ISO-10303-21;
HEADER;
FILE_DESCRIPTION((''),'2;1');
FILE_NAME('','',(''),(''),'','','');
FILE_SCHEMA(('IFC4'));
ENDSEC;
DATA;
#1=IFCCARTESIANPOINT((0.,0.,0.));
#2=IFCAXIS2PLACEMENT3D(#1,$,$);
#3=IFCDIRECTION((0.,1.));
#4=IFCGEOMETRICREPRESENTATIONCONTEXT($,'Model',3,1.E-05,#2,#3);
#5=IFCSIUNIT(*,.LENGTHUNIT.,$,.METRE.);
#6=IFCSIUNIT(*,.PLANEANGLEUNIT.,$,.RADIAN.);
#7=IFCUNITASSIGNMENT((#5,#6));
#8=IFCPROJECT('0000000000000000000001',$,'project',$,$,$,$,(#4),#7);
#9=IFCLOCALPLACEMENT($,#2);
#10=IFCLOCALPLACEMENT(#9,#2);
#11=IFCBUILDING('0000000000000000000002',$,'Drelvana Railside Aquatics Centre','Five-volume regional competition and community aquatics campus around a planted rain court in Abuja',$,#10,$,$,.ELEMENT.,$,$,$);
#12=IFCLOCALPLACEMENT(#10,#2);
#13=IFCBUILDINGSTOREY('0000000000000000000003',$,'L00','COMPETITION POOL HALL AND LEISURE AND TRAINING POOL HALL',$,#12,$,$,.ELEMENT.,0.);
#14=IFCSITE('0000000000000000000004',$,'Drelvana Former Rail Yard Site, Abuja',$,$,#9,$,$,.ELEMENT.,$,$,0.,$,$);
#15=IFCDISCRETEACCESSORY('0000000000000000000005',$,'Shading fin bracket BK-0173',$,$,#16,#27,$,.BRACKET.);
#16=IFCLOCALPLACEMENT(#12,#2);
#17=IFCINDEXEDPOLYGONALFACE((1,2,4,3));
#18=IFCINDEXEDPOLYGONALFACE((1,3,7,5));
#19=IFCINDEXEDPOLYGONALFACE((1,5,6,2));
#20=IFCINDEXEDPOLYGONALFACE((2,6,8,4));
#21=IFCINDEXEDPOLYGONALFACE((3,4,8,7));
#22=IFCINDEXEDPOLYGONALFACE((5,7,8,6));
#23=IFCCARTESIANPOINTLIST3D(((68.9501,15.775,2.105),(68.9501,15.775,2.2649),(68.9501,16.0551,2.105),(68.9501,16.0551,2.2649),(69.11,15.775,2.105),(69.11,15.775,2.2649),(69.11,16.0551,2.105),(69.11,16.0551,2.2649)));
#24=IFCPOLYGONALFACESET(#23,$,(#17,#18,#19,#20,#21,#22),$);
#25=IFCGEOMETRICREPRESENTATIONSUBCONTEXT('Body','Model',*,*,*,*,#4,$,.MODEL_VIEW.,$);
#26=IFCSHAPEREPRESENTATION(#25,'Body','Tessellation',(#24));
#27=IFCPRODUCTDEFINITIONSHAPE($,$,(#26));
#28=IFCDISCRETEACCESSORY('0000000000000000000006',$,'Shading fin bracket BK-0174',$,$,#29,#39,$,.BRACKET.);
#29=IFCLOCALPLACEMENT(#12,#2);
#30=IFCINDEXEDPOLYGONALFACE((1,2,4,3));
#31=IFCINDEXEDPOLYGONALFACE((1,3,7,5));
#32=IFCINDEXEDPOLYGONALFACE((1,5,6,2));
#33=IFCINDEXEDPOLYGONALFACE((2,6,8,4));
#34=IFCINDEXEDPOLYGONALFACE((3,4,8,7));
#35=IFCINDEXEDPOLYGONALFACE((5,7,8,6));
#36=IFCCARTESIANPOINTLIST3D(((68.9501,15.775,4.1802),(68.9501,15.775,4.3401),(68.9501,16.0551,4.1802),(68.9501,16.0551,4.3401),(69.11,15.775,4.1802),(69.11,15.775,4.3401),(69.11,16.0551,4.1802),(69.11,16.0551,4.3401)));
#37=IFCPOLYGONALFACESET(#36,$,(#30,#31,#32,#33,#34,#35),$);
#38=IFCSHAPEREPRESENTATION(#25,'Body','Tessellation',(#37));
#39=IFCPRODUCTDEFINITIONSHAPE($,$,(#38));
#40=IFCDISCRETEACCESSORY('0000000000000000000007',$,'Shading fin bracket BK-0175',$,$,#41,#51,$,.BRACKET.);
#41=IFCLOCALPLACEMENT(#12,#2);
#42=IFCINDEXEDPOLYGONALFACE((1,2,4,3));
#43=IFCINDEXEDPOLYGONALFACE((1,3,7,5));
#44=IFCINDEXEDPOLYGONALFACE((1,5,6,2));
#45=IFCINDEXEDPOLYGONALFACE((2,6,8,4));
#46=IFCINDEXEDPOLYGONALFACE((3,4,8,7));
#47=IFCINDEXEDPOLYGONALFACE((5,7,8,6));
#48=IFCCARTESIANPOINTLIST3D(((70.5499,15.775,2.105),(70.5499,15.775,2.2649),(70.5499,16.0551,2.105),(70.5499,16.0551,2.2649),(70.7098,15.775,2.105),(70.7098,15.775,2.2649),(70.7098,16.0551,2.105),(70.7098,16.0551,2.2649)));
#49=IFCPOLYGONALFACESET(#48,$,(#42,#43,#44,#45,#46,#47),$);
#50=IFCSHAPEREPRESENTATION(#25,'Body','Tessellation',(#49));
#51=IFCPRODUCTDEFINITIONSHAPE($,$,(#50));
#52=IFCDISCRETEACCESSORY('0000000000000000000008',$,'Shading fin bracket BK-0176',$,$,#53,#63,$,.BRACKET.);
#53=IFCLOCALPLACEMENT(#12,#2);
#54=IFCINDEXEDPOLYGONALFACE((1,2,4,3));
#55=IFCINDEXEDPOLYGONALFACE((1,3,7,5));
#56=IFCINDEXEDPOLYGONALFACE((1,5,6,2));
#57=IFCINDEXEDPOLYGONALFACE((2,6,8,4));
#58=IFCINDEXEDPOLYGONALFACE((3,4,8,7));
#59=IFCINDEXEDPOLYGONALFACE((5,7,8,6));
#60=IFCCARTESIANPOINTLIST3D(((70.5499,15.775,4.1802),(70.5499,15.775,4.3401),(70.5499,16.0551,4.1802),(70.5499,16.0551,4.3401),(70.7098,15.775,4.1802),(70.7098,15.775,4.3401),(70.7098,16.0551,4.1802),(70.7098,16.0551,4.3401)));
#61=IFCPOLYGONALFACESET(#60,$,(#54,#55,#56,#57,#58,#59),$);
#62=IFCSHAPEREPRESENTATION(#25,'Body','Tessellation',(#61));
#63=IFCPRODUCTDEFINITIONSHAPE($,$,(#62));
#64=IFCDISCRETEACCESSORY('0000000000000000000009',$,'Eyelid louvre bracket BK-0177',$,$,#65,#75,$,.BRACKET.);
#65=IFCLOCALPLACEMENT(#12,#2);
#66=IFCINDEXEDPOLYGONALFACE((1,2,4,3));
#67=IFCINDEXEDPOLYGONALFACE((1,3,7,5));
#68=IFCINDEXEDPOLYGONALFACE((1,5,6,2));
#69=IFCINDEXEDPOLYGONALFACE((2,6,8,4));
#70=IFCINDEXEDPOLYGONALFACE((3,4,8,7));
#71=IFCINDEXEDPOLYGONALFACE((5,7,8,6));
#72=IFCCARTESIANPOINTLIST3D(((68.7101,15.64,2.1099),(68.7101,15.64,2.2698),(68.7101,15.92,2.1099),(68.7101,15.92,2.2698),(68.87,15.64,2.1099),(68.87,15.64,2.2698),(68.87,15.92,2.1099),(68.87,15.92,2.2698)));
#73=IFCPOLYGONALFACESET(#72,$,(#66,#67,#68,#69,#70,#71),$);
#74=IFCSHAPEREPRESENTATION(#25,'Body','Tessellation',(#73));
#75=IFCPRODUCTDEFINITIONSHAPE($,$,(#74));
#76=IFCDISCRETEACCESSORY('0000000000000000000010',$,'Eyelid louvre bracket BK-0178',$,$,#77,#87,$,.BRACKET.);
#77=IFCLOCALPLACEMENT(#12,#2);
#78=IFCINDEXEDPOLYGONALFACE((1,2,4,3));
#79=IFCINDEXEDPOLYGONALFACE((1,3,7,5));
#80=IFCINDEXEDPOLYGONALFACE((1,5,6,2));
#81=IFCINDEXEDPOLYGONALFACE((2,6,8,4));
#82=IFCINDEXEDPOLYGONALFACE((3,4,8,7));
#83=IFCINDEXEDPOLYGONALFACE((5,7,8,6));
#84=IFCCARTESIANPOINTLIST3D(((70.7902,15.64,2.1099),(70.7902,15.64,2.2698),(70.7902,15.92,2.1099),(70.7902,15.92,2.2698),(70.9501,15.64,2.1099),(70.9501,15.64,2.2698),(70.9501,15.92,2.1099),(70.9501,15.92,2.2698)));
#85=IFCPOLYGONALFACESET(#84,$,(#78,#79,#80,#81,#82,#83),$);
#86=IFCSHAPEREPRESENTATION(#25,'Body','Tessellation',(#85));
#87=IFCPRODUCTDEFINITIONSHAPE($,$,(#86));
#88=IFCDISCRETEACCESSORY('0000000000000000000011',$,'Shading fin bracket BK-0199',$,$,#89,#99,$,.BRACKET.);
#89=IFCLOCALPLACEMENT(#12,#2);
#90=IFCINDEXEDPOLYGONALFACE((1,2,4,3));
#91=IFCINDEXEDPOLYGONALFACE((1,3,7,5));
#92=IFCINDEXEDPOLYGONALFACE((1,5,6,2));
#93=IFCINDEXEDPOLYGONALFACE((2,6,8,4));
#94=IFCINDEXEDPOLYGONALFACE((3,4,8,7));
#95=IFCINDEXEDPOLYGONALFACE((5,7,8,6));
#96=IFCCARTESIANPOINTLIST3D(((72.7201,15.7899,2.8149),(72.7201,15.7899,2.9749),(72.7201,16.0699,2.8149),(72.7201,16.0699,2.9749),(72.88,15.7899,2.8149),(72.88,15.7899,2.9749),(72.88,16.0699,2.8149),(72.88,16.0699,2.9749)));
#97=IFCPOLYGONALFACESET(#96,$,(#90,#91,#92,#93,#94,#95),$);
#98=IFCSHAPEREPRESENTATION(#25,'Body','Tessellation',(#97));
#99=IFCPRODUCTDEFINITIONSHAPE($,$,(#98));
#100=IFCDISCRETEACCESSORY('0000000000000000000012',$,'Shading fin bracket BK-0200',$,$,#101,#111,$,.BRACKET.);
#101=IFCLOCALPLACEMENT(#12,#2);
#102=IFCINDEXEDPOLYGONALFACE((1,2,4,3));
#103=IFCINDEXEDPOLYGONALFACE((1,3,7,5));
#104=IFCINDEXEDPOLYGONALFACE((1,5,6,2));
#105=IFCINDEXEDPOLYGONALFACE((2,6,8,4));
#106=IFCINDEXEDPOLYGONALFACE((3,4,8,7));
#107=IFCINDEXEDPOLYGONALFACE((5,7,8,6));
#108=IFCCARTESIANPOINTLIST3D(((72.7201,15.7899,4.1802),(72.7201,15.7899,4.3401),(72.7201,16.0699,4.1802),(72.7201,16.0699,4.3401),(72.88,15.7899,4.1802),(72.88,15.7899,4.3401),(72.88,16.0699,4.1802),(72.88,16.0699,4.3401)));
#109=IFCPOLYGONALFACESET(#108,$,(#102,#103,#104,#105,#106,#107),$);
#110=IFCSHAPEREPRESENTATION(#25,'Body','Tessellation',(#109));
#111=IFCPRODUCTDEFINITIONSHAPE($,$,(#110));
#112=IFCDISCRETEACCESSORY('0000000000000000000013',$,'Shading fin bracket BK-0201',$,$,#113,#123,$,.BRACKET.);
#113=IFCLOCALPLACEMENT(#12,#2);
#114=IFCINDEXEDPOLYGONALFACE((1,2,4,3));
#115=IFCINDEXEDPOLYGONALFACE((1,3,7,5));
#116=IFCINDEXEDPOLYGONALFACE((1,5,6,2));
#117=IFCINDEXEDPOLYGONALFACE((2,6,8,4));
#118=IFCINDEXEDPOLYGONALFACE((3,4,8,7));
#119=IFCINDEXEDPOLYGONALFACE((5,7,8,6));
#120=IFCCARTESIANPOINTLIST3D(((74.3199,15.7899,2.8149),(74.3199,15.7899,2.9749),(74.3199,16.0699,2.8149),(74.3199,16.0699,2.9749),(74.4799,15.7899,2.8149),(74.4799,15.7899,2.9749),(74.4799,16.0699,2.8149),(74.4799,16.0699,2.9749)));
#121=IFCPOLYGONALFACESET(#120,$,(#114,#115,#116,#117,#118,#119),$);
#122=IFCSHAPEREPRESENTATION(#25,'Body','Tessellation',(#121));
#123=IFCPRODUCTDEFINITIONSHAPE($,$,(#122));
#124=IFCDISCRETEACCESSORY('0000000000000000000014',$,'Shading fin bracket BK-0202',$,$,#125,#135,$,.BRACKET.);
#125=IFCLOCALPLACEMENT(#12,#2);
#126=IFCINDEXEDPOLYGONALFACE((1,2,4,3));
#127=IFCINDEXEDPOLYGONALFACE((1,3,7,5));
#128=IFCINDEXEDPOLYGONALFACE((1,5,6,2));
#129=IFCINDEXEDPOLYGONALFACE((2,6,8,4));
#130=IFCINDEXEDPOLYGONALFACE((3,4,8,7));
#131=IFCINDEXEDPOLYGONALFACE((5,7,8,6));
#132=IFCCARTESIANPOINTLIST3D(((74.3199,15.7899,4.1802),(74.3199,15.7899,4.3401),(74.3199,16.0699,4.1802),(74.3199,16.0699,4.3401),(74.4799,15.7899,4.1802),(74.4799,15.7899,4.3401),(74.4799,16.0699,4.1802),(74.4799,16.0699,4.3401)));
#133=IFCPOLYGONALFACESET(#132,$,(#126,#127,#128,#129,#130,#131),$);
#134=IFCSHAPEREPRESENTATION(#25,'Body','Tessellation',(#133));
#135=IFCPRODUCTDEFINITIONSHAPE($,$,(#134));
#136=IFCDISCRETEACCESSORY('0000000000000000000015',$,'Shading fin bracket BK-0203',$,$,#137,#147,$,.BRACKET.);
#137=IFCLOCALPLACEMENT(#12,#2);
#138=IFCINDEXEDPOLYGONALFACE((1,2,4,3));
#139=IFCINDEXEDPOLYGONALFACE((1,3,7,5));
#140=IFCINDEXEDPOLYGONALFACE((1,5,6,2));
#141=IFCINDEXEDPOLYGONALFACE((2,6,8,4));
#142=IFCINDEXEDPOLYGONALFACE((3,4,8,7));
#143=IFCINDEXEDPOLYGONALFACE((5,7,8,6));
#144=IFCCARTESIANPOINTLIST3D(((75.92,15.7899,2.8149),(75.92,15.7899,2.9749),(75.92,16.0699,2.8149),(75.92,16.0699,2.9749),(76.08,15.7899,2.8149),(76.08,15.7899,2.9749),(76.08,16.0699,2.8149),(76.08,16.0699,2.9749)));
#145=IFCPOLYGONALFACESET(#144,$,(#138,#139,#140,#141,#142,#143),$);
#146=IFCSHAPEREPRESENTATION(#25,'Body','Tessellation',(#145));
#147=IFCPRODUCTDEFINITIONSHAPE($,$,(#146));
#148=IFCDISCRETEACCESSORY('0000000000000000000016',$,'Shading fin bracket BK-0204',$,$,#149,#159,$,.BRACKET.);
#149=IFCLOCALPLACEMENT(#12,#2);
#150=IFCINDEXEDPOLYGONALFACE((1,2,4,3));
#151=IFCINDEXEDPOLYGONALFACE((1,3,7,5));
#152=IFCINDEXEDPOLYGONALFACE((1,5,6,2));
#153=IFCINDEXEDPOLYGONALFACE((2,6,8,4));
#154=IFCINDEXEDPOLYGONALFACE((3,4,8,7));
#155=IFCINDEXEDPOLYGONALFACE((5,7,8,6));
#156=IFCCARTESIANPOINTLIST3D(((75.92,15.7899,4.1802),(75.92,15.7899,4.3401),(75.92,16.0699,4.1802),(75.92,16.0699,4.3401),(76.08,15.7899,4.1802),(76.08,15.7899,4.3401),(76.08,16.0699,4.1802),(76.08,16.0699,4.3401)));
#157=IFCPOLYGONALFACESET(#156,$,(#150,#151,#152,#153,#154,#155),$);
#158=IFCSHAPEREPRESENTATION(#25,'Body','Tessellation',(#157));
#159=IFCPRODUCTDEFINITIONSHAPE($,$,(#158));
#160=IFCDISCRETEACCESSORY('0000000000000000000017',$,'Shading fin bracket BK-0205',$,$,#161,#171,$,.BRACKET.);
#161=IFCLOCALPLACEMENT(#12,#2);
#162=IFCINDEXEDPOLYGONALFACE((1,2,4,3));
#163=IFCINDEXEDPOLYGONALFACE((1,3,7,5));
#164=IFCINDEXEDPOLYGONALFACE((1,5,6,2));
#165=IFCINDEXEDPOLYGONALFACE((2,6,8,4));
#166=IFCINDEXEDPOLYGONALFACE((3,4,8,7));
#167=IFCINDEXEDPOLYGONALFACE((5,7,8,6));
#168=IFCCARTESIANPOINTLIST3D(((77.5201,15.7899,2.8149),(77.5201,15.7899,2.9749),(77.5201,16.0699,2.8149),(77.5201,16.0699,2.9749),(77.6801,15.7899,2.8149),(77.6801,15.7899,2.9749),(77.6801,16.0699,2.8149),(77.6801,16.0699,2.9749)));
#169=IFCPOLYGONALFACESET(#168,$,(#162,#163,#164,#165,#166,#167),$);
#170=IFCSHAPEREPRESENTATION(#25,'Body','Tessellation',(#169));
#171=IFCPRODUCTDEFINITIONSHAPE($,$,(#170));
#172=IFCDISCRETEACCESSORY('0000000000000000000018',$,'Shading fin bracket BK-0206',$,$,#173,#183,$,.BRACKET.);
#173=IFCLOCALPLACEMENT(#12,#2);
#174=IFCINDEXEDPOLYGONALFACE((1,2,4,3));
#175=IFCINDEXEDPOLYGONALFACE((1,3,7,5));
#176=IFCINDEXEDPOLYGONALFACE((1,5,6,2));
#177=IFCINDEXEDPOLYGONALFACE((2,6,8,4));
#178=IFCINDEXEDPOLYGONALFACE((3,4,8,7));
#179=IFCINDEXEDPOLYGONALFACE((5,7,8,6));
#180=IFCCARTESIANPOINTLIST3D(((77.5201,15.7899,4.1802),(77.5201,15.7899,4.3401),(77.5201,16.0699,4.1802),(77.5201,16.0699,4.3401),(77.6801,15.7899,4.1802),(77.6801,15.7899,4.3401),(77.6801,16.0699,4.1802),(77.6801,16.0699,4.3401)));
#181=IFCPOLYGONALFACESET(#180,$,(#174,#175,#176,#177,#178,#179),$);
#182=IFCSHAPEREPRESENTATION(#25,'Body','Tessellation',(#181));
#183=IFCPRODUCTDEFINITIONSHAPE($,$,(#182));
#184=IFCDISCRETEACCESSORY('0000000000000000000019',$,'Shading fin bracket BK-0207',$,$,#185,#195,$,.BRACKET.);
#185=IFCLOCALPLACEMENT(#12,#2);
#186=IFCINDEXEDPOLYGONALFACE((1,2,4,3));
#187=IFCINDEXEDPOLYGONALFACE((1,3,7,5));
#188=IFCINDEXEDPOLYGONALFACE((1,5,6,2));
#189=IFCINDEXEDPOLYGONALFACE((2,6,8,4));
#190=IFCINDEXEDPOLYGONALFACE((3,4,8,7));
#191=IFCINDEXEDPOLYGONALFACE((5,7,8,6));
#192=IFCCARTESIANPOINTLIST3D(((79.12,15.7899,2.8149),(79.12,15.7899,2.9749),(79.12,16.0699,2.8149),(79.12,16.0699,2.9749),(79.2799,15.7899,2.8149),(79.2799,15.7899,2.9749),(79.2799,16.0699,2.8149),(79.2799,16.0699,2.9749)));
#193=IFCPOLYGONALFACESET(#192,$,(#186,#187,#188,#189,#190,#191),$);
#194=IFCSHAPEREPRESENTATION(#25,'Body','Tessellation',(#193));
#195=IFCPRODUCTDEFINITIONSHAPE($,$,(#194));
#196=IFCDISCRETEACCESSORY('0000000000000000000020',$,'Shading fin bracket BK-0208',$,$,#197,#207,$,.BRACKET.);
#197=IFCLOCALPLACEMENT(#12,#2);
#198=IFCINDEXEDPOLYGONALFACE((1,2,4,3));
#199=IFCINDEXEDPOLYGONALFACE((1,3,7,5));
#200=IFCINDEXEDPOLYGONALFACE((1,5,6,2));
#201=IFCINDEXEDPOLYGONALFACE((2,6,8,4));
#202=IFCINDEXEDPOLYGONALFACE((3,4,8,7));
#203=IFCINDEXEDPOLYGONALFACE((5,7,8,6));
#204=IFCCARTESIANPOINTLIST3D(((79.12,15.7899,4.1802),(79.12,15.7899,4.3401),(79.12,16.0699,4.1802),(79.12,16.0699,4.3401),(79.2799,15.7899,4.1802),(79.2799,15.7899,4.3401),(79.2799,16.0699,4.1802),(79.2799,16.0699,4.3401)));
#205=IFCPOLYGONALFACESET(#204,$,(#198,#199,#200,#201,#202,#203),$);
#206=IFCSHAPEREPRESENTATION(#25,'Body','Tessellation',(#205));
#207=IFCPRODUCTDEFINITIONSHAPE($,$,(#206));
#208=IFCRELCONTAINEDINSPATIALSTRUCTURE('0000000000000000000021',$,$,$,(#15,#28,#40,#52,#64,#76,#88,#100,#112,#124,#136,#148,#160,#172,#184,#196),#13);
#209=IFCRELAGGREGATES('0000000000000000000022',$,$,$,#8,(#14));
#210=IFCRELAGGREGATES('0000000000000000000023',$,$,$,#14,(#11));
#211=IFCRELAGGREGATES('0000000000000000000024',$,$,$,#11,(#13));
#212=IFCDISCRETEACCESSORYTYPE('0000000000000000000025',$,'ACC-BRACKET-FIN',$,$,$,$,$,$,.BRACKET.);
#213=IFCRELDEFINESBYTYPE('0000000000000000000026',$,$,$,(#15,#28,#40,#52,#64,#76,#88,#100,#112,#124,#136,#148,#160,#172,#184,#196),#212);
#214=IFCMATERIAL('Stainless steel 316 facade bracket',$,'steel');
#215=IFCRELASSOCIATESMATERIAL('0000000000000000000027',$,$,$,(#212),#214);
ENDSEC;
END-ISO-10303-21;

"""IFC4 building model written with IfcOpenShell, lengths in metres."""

from ifc_helpers import new_model, si_unit, direction, frame, origin, origin_2d, place, context, subcontext, project, spatial, rectangle, extrude, material, type_object, element, save


model = new_model("IFC4")

# Units and contexts
model_context = context("Model", 3, precision=1e-05, world=origin(), true_north=direction((0.0, 1.0)))
body_context = subcontext(model_context, "Body", "Model", "MODEL_VIEW")
ifc_project = project(units=[si_unit("LENGTHUNIT", "METRE"), si_unit("PLANEANGLEUNIT", "RADIAN")], contexts=[model_context])

# Site, building, storey
site_placement = place(None, origin())
site = spatial("IfcSite", under=ifc_project, at=site_placement, Name="Drelvana Former Rail Yard Site, Abuja", CompositionType="ELEMENT", RefElevation=0.0)
building_placement = place(site_placement, origin())
building = spatial("IfcBuilding", under=site, at=building_placement, Name="Drelvana Railside Aquatics Centre", Description="Five-volume regional competition and community aquatics campus around a planted rain court in Abuja", CompositionType="ELEMENT")
storey_placement = place(building_placement, origin())
storey = spatial("IfcBuildingStorey", under=building, at=storey_placement, Name="L00", Description="COMPETITION POOL HALL AND LEISURE AND TRAINING POOL HALL", CompositionType="ELEMENT", Elevation=0.0)

# Discrete accessories
ifc_material_1 = material(Name="Stainless steel 316 facade bracket", Category="steel")
discrete_accessory_type = type_object("IfcDiscreteAccessoryType", Name="ACC-BRACKET-FIN", PredefinedType="BRACKET", material=ifc_material_1)
for number, where, z_axis, x_axis, name in (
    (1, (69.03, 15.915, 2.105), (0.0, 0.0, 1.0), (0.0, -1.0, 0.0), "Shading fin bracket BK-0173"),
    (2, (69.03, 15.915, 4.1802), (0.0, 0.0, 1.0), (0.0, -1.0, 0.0), "Shading fin bracket BK-0174"),
    (3, (70.6299, 15.915, 2.105), (0.0, 0.0, 1.0), (0.0, -1.0, 0.0), "Shading fin bracket BK-0175"),
    (4, (70.6299, 15.915, 4.1802), (0.0, 0.0, 1.0), (0.0, -1.0, 0.0), "Shading fin bracket BK-0176"),
):
    element("IfcDiscreteAccessory", number, at=place(storey_placement, frame(where, z_axis=z_axis, x_axis=x_axis)), inside=storey, type_object=discrete_accessory_type, Name=name, PredefinedType="BRACKET", context=body_context, shape_type="SweptSolid", body=[
        extrude(rectangle(XDim=0.28, YDim=0.1599, at=origin_2d()), origin(), (0.0, 0.0, 1.0), 0.1599),
    ])
for number, where, z_axis, x_axis, name in (
    (5, (68.79, 15.78, 2.1099), (0.0, 0.0, 1.0), (1.0, 0.0, 0.0), "Eyelid louvre bracket BK-0177"),
    (6, (70.8701, 15.78, 2.1099), (0.0, 0.0, 1.0), (1.0, 0.0, 0.0), "Eyelid louvre bracket BK-0178"),
):
    element("IfcDiscreteAccessory", number, at=place(storey_placement, frame(where, z_axis=z_axis, x_axis=x_axis)), inside=storey, type_object=discrete_accessory_type, Name=name, PredefinedType="BRACKET", context=body_context, shape_type="SweptSolid", body=[
        extrude(rectangle(XDim=0.1599, YDim=0.28, at=origin_2d()), origin(), (0.0, 0.0, 1.0), 0.1599),
    ])
for number, where, z_axis, x_axis, name in (
    (7, (72.8, 15.9299, 2.8149), (0.0, 0.0, 1.0), (0.0, -1.0, 0.0), "Shading fin bracket BK-0199"),
    (8, (72.8, 15.9299, 4.1802), (0.0, 0.0, 1.0), (0.0, -1.0, 0.0), "Shading fin bracket BK-0200"),
    (9, (74.3999, 15.9299, 2.8149), (0.0, 0.0, 1.0), (0.0, -1.0, 0.0), "Shading fin bracket BK-0201"),
    (10, (74.3999, 15.9299, 4.1802), (0.0, 0.0, 1.0), (0.0, -1.0, 0.0), "Shading fin bracket BK-0202"),
    (11, (76.0, 15.9299, 2.8149), (0.0, 0.0, 1.0), (0.0, -1.0, 0.0), "Shading fin bracket BK-0203"),
    (12, (76.0, 15.9299, 4.1802), (0.0, 0.0, 1.0), (0.0, -1.0, 0.0), "Shading fin bracket BK-0204"),
    (13, (77.6001, 15.9299, 2.8149), (0.0, 0.0, 1.0), (0.0, -1.0, 0.0), "Shading fin bracket BK-0205"),
    (14, (77.6001, 15.9299, 4.1802), (0.0, 0.0, 1.0), (0.0, -1.0, 0.0), "Shading fin bracket BK-0206"),
    (15, (79.2, 15.9299, 2.8149), (0.0, 0.0, 1.0), (0.0, -1.0, 0.0), "Shading fin bracket BK-0207"),
    (16, (79.2, 15.9299, 4.1802), (0.0, 0.0, 1.0), (0.0, -1.0, 0.0), "Shading fin bracket BK-0208"),
):
    element("IfcDiscreteAccessory", number, at=place(storey_placement, frame(where, z_axis=z_axis, x_axis=x_axis)), inside=storey, type_object=discrete_accessory_type, Name=name, PredefinedType="BRACKET", context=body_context, shape_type="SweptSolid", body=[
        extrude(rectangle(XDim=0.28, YDim=0.1599, at=origin_2d()), origin(), (0.0, 0.0, 1.0), 0.1599),
    ])

save(model, "model.ifc")
